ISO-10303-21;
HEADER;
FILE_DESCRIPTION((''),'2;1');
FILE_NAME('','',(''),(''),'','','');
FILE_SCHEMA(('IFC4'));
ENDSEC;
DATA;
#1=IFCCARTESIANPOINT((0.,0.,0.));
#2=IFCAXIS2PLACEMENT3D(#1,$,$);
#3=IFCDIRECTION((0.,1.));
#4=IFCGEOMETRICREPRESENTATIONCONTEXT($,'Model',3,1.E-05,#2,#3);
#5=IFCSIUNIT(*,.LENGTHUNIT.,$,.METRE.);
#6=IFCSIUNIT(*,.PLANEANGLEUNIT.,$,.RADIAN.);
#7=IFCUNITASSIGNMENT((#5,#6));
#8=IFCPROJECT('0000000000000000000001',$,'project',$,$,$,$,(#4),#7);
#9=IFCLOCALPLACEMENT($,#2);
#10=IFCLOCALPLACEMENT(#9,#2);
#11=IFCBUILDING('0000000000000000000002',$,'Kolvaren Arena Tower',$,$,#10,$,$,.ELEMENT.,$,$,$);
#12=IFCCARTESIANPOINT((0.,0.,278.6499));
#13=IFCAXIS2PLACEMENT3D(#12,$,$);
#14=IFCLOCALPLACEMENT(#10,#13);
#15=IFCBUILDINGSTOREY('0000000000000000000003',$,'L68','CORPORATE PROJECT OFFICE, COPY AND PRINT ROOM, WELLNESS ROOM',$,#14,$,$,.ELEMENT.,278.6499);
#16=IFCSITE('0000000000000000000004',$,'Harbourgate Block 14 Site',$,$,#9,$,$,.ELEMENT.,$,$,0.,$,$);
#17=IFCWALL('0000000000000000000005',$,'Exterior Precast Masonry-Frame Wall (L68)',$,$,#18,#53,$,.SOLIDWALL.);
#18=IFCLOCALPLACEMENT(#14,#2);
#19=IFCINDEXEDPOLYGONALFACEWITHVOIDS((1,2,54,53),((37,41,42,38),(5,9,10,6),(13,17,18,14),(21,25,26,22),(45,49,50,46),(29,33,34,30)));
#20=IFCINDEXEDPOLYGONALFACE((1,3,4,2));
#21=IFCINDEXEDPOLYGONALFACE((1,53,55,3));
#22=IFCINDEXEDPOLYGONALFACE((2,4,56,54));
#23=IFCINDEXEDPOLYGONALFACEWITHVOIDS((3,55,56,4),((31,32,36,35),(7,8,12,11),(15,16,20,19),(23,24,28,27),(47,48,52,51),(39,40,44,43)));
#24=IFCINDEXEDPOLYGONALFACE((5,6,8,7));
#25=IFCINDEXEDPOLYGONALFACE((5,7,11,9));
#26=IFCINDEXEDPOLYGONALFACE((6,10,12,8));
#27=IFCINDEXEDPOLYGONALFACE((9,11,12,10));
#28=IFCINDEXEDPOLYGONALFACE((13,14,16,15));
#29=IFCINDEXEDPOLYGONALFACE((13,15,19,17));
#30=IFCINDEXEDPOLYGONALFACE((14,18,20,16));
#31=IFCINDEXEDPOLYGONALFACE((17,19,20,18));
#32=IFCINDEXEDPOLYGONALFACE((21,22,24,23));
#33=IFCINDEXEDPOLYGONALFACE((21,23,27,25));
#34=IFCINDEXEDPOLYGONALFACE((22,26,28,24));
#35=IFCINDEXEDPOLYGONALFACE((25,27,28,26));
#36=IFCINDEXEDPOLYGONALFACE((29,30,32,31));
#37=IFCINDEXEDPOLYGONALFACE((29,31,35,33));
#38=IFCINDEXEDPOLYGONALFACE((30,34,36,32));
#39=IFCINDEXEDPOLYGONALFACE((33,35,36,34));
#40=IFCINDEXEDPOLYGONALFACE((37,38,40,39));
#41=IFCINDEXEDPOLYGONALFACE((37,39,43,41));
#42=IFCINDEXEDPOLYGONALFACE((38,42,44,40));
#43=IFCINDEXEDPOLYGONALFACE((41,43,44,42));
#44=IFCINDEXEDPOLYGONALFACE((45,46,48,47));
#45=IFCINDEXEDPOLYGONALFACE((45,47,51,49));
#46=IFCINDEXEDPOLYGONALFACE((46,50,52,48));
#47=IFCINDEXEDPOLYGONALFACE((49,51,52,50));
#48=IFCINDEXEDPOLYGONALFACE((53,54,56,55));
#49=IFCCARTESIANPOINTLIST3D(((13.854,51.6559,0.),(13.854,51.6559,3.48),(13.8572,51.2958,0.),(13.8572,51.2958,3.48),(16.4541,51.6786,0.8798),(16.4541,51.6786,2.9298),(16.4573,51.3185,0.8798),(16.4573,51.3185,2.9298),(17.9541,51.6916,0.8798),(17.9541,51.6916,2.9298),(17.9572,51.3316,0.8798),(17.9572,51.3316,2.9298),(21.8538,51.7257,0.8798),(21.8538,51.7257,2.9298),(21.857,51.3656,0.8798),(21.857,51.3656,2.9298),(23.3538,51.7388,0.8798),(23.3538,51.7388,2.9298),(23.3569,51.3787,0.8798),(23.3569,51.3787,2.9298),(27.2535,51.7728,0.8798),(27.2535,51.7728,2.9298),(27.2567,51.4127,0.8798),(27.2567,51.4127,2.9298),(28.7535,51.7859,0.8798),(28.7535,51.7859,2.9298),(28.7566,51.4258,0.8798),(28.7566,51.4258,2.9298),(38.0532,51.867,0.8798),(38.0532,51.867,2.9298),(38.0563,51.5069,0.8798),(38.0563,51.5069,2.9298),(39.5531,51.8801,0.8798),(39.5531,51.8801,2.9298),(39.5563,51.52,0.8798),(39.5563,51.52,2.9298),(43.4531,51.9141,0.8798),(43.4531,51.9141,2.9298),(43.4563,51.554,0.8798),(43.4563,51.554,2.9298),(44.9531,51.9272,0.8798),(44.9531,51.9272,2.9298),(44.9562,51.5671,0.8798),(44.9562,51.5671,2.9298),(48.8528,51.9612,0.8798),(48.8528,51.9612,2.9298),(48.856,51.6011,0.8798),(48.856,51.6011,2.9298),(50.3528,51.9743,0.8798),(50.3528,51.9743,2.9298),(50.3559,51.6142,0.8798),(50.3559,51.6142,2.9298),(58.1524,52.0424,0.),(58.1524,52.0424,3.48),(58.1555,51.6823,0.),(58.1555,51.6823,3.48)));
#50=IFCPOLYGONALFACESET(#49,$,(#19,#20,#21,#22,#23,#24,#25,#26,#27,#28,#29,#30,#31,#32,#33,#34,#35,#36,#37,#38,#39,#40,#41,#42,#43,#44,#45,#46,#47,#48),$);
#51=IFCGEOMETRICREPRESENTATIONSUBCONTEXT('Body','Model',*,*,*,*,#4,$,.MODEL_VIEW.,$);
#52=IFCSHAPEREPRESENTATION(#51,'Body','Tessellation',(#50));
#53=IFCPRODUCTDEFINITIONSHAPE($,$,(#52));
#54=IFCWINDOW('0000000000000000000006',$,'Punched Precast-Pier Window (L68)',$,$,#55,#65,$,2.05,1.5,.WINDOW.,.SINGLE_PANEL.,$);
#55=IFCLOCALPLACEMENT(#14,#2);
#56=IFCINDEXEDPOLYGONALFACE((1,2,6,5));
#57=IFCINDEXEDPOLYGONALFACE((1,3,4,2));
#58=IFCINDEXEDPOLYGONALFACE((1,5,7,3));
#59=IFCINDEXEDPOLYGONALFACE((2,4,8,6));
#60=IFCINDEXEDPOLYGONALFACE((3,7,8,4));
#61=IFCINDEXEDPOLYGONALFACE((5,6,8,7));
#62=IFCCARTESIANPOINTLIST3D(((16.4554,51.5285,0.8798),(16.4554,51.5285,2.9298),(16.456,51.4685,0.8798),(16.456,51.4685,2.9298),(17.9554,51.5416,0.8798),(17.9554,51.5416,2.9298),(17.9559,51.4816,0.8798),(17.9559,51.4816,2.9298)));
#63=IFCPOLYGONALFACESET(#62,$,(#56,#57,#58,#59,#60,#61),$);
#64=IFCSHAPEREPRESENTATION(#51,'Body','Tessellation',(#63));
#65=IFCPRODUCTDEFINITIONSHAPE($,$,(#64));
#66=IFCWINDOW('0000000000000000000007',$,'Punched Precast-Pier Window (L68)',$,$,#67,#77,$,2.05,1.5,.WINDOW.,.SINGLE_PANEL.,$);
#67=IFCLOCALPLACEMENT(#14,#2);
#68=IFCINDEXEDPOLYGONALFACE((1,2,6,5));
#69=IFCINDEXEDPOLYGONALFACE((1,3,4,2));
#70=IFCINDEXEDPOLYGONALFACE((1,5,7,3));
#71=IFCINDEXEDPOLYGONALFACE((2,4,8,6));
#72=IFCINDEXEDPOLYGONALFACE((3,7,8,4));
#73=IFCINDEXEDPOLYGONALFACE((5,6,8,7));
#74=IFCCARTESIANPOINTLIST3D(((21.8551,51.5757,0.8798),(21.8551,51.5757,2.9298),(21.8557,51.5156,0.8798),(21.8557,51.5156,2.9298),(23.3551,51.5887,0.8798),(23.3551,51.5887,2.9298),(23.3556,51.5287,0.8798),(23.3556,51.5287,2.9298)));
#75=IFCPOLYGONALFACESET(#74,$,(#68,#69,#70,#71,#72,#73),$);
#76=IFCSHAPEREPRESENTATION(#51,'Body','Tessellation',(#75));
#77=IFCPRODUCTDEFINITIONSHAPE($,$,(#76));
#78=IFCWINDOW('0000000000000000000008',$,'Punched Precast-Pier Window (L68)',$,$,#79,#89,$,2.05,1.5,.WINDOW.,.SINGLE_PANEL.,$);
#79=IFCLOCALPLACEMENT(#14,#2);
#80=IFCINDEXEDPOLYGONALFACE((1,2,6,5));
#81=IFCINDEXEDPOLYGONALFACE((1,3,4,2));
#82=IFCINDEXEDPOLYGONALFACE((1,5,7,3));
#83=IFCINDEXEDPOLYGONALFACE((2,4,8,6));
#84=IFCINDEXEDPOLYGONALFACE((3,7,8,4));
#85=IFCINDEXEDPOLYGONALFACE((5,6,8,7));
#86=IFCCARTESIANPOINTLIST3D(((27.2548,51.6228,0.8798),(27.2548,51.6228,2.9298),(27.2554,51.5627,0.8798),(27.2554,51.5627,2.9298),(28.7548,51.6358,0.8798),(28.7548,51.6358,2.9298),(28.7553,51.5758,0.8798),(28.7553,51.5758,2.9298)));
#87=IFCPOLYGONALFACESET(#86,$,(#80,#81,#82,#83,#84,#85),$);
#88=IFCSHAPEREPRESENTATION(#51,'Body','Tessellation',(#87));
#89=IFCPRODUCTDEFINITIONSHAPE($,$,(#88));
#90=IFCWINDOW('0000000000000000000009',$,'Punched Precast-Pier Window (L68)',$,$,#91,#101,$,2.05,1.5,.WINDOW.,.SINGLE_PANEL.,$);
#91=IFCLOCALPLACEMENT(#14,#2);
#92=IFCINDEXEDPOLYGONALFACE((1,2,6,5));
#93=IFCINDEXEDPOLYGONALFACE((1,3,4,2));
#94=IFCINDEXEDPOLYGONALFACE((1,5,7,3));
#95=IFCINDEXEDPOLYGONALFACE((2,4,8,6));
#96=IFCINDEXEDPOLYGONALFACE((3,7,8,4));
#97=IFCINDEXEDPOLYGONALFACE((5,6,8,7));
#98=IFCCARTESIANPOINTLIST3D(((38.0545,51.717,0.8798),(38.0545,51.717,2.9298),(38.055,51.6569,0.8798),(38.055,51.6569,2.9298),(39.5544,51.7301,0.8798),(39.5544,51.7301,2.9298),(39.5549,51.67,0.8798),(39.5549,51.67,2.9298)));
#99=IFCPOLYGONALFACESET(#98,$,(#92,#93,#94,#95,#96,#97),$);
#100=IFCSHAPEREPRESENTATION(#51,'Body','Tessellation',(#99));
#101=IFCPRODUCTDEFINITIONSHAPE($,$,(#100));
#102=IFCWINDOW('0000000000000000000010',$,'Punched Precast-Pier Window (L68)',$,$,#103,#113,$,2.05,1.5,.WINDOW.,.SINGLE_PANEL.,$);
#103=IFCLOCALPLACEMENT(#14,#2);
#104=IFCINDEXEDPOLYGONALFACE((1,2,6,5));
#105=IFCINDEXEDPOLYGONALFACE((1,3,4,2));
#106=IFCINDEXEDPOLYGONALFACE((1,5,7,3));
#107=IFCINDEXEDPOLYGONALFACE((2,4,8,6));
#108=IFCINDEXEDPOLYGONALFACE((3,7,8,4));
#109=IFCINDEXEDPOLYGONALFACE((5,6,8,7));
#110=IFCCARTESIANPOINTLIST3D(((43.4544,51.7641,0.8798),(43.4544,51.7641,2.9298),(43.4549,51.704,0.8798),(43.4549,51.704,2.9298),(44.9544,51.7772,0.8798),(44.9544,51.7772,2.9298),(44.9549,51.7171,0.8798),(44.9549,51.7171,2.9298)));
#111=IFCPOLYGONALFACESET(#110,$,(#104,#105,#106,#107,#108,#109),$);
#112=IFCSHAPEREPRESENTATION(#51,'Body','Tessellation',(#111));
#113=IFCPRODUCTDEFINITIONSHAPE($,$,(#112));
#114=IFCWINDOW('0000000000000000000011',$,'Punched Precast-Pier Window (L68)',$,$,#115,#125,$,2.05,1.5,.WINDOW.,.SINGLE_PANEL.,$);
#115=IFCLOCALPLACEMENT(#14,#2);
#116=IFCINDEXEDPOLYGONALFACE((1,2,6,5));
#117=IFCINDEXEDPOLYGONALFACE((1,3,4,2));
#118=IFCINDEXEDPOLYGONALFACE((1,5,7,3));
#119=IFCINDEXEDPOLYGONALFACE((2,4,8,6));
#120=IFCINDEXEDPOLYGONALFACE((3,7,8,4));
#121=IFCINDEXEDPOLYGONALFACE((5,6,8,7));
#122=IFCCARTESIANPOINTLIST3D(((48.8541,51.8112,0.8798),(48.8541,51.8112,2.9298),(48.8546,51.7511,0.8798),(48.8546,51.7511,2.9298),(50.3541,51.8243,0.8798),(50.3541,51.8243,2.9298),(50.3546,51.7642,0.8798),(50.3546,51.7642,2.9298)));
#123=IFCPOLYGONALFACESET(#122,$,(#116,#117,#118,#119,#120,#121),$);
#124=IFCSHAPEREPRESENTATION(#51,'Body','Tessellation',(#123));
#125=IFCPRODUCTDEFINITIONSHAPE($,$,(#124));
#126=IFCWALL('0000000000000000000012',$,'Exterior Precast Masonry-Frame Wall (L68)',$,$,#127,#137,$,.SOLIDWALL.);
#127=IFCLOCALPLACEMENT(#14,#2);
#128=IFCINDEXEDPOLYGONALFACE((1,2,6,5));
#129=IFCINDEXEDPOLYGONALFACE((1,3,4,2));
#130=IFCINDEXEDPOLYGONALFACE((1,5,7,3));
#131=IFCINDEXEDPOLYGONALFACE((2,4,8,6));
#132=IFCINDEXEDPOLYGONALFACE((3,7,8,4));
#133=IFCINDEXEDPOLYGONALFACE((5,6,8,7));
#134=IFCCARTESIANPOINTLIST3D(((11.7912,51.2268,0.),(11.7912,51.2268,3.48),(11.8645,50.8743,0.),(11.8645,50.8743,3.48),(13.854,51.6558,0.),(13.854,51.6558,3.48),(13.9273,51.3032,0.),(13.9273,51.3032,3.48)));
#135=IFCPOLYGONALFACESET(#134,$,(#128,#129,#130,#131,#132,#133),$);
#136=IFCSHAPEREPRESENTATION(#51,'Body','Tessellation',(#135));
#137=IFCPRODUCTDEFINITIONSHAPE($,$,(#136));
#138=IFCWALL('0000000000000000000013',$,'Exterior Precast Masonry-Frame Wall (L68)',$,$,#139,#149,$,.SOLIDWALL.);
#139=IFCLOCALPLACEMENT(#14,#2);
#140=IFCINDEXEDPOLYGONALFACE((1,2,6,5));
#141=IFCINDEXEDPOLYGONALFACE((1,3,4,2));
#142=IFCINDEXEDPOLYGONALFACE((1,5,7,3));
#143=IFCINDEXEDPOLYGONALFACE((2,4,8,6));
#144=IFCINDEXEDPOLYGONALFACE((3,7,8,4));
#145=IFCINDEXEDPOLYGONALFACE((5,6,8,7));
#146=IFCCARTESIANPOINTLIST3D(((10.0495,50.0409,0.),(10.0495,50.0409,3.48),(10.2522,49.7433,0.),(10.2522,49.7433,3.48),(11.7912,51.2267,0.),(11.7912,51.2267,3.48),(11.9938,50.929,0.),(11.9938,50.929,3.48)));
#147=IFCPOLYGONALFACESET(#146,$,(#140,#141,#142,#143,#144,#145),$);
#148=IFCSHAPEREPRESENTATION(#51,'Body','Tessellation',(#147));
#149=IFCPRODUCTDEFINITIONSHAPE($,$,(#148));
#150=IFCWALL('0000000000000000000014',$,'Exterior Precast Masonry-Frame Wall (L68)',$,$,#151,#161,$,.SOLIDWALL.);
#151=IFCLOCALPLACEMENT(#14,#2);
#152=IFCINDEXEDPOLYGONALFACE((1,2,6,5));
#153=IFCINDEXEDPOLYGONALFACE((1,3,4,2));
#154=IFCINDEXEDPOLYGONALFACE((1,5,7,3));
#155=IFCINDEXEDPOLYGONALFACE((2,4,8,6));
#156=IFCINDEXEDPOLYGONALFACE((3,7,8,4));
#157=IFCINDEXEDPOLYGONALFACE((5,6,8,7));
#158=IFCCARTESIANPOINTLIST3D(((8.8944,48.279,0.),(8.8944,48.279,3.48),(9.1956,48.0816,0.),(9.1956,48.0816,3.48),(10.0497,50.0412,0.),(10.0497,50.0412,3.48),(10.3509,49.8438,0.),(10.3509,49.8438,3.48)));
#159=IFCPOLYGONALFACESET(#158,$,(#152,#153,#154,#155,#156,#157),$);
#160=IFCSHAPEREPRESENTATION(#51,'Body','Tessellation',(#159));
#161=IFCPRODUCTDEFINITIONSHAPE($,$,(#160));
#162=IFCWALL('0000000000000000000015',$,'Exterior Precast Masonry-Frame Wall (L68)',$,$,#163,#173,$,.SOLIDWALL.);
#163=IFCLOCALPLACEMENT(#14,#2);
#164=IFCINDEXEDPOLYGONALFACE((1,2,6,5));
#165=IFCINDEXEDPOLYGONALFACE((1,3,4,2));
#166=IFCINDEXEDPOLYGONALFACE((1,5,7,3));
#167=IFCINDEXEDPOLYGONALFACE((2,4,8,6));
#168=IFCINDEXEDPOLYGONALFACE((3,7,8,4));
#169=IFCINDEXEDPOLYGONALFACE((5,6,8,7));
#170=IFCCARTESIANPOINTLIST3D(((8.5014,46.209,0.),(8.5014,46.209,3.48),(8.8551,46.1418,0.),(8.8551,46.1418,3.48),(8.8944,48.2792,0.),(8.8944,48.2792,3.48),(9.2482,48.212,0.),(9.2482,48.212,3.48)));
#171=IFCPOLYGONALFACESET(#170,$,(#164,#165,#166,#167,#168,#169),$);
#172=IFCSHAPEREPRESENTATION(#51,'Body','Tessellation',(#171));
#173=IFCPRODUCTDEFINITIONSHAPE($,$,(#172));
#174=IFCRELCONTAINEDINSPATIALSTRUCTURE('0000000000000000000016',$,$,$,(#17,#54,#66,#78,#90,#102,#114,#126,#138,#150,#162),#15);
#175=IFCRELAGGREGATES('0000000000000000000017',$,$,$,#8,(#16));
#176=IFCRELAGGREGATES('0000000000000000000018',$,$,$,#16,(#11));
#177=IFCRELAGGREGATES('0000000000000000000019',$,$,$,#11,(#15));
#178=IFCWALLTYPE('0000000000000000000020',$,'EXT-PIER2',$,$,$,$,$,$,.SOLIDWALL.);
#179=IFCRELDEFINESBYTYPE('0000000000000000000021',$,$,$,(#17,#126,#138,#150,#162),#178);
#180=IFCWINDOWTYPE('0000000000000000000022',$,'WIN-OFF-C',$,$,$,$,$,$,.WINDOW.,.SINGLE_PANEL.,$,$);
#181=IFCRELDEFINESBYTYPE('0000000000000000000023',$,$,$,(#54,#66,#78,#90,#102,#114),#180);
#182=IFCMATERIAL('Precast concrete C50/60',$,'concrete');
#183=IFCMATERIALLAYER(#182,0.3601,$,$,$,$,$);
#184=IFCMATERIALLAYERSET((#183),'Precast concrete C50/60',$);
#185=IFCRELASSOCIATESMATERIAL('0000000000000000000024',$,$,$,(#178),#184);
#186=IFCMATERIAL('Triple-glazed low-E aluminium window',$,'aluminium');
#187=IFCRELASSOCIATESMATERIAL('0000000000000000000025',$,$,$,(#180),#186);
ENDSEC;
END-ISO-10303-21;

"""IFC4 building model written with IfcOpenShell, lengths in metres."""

from ifc_helpers import new_model, si_unit, direction, frame, frame_2d, origin, place, context, subcontext, project, spatial, rectangle, extrude, material, layer, layer_set, type_object, element, fill, save


model = new_model("IFC4")

# Units and contexts
model_context = context("Model", 3, precision=1e-05, world=origin(), true_north=direction((0.0, 1.0)))
body_context = subcontext(model_context, "Body", "Model", "MODEL_VIEW")
ifc_project = project(units=[si_unit("LENGTHUNIT", "METRE"), si_unit("PLANEANGLEUNIT", "RADIAN")], contexts=[model_context])

# Site, building, storey
site_placement = place(None, origin())
site = spatial("IfcSite", under=ifc_project, at=site_placement, Name="Harbourgate Block 14 Site", CompositionType="ELEMENT", RefElevation=0.0)
building_placement = place(site_placement, origin())
building = spatial("IfcBuilding", under=site, at=building_placement, Name="Kolvaren Arena Tower", CompositionType="ELEMENT")
storey_placement = place(building_placement, frame((0.0, 0.0, 278.6499)))
storey = spatial("IfcBuildingStorey", under=building, at=storey_placement, Name="L68", Description="CORPORATE PROJECT OFFICE, COPY AND PRINT ROOM, WELLNESS ROOM", CompositionType="ELEMENT", Elevation=278.6499)

# Shared definitions
ifc_material_1 = material(Name="Precast concrete C50/60", Category="concrete")

# Wall, openings, windows
ifc_layer = layer(ifc_material_1, 0.3601)
ifc_layer_set = layer_set([ifc_layer], Name="Precast concrete C50/60")
wall_type = type_object("IfcWallType", Name="EXT-PIER2", PredefinedType="SOLIDWALL", material=ifc_layer_set)
wall_placement = place(storey_placement, frame((13.8557, 51.4758, 0.0), z_axis=(0.0, 0.0, 1.0), x_axis=(0.999962, 0.008724, 0.0)))
wall = element("IfcWall", 1, at=wall_placement, inside=storey, type_object=wall_type, Name="Exterior Precast Masonry-Frame Wall (L68)", PredefinedType="SOLIDWALL", context=body_context, shape_type="SweptSolid", body=[
    extrude(rectangle(XDim=44.3, YDim=0.3601, at=frame_2d((22.1499, 0.0))), origin(), (0.0, 0.0, 1.0), 3.48),
])
opening_1_placement = place(wall_placement, frame((2.6001, 0.0, 0.8799)))
opening_1 = element("IfcOpeningElement", 2, at=opening_1_placement, cuts=wall, PredefinedType="OPENING", context=body_context, shape_type="SweptSolid", body=[
    extrude(rectangle(XDim=1.5, YDim=2.05, at=frame_2d((0.75, 1.0249))), frame((0.0, 0.1899, 0.0), z_axis=(0.0, -1.0, 0.0), x_axis=(1.0, 0.0, 0.0)), (0.0, 0.0, 1.0), 0.3801),
])
opening_2_placement = place(wall_placement, frame((8.0, 0.0, 0.8799)))
opening_2 = element("IfcOpeningElement", 3, at=opening_2_placement, cuts=wall, PredefinedType="OPENING", context=body_context, shape_type="SweptSolid", body=[
    extrude(rectangle(XDim=1.5, YDim=2.05, at=frame_2d((0.75, 1.0249))), frame((0.0, 0.1899, 0.0), z_axis=(0.0, -1.0, 0.0), x_axis=(1.0, 0.0, 0.0)), (0.0, 0.0, 1.0), 0.3801),
])
opening_3_placement = place(wall_placement, frame((13.3999, 0.0, 0.8799)))
opening_3 = element("IfcOpeningElement", 4, at=opening_3_placement, cuts=wall, PredefinedType="OPENING", context=body_context, shape_type="SweptSolid", body=[
    extrude(rectangle(XDim=1.5, YDim=2.05, at=frame_2d((0.75, 1.0249))), frame((0.0, 0.1899, 0.0), z_axis=(0.0, -1.0, 0.0), x_axis=(1.0, 0.0, 0.0)), (0.0, 0.0, 1.0), 0.3801),
])
opening_4_placement = place(wall_placement, frame((24.2, 0.0, 0.8799)))
opening_4 = element("IfcOpeningElement", 5, at=opening_4_placement, cuts=wall, PredefinedType="OPENING", context=body_context, shape_type="SweptSolid", body=[
    extrude(rectangle(XDim=1.5, YDim=2.05, at=frame_2d((0.75, 1.0249))), frame((0.0, 0.1899, 0.0), z_axis=(0.0, -1.0, 0.0), x_axis=(1.0, 0.0, 0.0)), (0.0, 0.0, 1.0), 0.3801),
])
opening_5_placement = place(wall_placement, frame((29.6001, 0.0, 0.8799)))
opening_5 = element("IfcOpeningElement", 6, at=opening_5_placement, cuts=wall, PredefinedType="OPENING", context=body_context, shape_type="SweptSolid", body=[
    extrude(rectangle(XDim=1.5, YDim=2.05, at=frame_2d((0.75, 1.0249))), frame((0.0, 0.1899, 0.0), z_axis=(0.0, -1.0, 0.0), x_axis=(1.0, 0.0, 0.0)), (0.0, 0.0, 1.0), 0.3801),
])
opening_6_placement = place(wall_placement, frame((35.0, 0.0, 0.8799)))
opening_6 = element("IfcOpeningElement", 7, at=opening_6_placement, cuts=wall, PredefinedType="OPENING", context=body_context, shape_type="SweptSolid", body=[
    extrude(rectangle(XDim=1.5, YDim=2.05, at=frame_2d((0.75, 1.0249))), frame((0.0, 0.1899, 0.0), z_axis=(0.0, -1.0, 0.0), x_axis=(1.0, 0.0, 0.0)), (0.0, 0.0, 1.0), 0.3801),
])
ifc_material_2 = material(Name="Triple-glazed low-E aluminium window", Category="aluminium")
window_type = type_object("IfcWindowType", Name="WIN-OFF-C", PartitioningType="SINGLE_PANEL", PredefinedType="WINDOW", material=ifc_material_2)
window_1_placement = place(opening_1_placement, origin())
window_1 = element("IfcWindow", 8, at=window_1_placement, inside=storey, type_object=window_type, Name="Punched Precast-Pier Window (L68)", OverallHeight=2.05, OverallWidth=1.5, PartitioningType="SINGLE_PANEL", PredefinedType="WINDOW", context=body_context, shape_type="SweptSolid", body=[
    extrude(rectangle(XDim=1.5, YDim=2.05, at=frame_2d((0.75, 1.0249))), frame((0.0, 0.03, 0.0), z_axis=(0.0, -1.0, 0.0), x_axis=(1.0, 0.0, 0.0)), (0.0, 0.0, 1.0), 0.0601),
])
fill(opening_1, window_1)
window_2_placement = place(opening_2_placement, origin())
window_2 = element("IfcWindow", 9, at=window_2_placement, inside=storey, type_object=window_type, Name="Punched Precast-Pier Window (L68)", OverallHeight=2.05, OverallWidth=1.5, PartitioningType="SINGLE_PANEL", PredefinedType="WINDOW", context=body_context, shape_type="SweptSolid", body=[
    extrude(rectangle(XDim=1.5, YDim=2.05, at=frame_2d((0.75, 1.0249))), frame((0.0, 0.03, 0.0), z_axis=(0.0, -1.0, 0.0), x_axis=(1.0, 0.0, 0.0)), (0.0, 0.0, 1.0), 0.0601),
])
fill(opening_2, window_2)
window_3_placement = place(opening_3_placement, origin())
window_3 = element("IfcWindow", 10, at=window_3_placement, inside=storey, type_object=window_type, Name="Punched Precast-Pier Window (L68)", OverallHeight=2.05, OverallWidth=1.5, PartitioningType="SINGLE_PANEL", PredefinedType="WINDOW", context=body_context, shape_type="SweptSolid", body=[
    extrude(rectangle(XDim=1.5, YDim=2.05, at=frame_2d((0.75, 1.0249))), frame((0.0, 0.03, 0.0), z_axis=(0.0, -1.0, 0.0), x_axis=(1.0, 0.0, 0.0)), (0.0, 0.0, 1.0), 0.0601),
])
fill(opening_3, window_3)
window_4_placement = place(opening_4_placement, origin())
window_4 = element("IfcWindow", 11, at=window_4_placement, inside=storey, type_object=window_type, Name="Punched Precast-Pier Window (L68)", OverallHeight=2.05, OverallWidth=1.5, PartitioningType="SINGLE_PANEL", PredefinedType="WINDOW", context=body_context, shape_type="SweptSolid", body=[
    extrude(rectangle(XDim=1.5, YDim=2.05, at=frame_2d((0.75, 1.0249))), frame((0.0, 0.03, 0.0), z_axis=(0.0, -1.0, 0.0), x_axis=(1.0, 0.0, 0.0)), (0.0, 0.0, 1.0), 0.0601),
])
fill(opening_4, window_4)
window_5_placement = place(opening_5_placement, origin())
window_5 = element("IfcWindow", 12, at=window_5_placement, inside=storey, type_object=window_type, Name="Punched Precast-Pier Window (L68)", OverallHeight=2.05, OverallWidth=1.5, PartitioningType="SINGLE_PANEL", PredefinedType="WINDOW", context=body_context, shape_type="SweptSolid", body=[
    extrude(rectangle(XDim=1.5, YDim=2.05, at=frame_2d((0.75, 1.0249))), frame((0.0, 0.03, 0.0), z_axis=(0.0, -1.0, 0.0), x_axis=(1.0, 0.0, 0.0)), (0.0, 0.0, 1.0), 0.0601),
])
fill(opening_5, window_5)
window_6_placement = place(opening_6_placement, origin())
window_6 = element("IfcWindow", 13, at=window_6_placement, inside=storey, type_object=window_type, Name="Punched Precast-Pier Window (L68)", OverallHeight=2.05, OverallWidth=1.5, PartitioningType="SINGLE_PANEL", PredefinedType="WINDOW", context=body_context, shape_type="SweptSolid", body=[
    extrude(rectangle(XDim=1.5, YDim=2.05, at=frame_2d((0.75, 1.0249))), frame((0.0, 0.03, 0.0), z_axis=(0.0, -1.0, 0.0), x_axis=(1.0, 0.0, 0.0)), (0.0, 0.0, 1.0), 0.0601),
])
fill(opening_6, window_6)

# Walls
for number, where, z_axis, x_axis, name in (
    (14, (11.8279, 51.0505, 0.0), (0.0, 0.0, 1.0), (0.979055, 0.203598, 0.0), "Exterior Precast Masonry-Frame Wall (L68)"),
    (15, (10.1509, 49.8921, 0.0), (0.0, 0.0, 1.0), (0.82661, 0.562776, 0.0), "Exterior Precast Masonry-Frame Wall (L68)"),
):
    element("IfcWall", number, at=place(storey_placement, frame(where, z_axis=z_axis, x_axis=x_axis)), inside=storey, type_object=wall_type, Name=name, PredefinedType="SOLIDWALL", context=body_context, shape_type="SweptSolid", body=[
        extrude(rectangle(XDim=2.1069, YDim=0.3601, at=frame_2d((1.0535, 0.0))), origin(), (0.0, 0.0, 1.0), 3.48),
    ])
for number, where, z_axis, x_axis, name in (
    (16, (9.0449, 48.1802, 0.0), (0.0, 0.0, 1.0), (0.548267, 0.836304, 0.0), "Exterior Precast Masonry-Frame Wall (L68)"),
    (17, (8.6782, 46.1753, 0.0), (0.0, 0.0, 1.0), (0.186548, 0.982446, 0.0), "Exterior Precast Masonry-Frame Wall (L68)"),
):
    element("IfcWall", number, at=place(storey_placement, frame(where, z_axis=z_axis, x_axis=x_axis)), inside=storey, type_object=wall_type, Name=name, PredefinedType="SOLIDWALL", context=body_context, shape_type="SweptSolid", body=[
        extrude(rectangle(XDim=2.1072, YDim=0.3601, at=frame_2d((1.0537, 0.0))), origin(), (0.0, 0.0, 1.0), 3.48),
    ])

save(model, "model.ifc")
